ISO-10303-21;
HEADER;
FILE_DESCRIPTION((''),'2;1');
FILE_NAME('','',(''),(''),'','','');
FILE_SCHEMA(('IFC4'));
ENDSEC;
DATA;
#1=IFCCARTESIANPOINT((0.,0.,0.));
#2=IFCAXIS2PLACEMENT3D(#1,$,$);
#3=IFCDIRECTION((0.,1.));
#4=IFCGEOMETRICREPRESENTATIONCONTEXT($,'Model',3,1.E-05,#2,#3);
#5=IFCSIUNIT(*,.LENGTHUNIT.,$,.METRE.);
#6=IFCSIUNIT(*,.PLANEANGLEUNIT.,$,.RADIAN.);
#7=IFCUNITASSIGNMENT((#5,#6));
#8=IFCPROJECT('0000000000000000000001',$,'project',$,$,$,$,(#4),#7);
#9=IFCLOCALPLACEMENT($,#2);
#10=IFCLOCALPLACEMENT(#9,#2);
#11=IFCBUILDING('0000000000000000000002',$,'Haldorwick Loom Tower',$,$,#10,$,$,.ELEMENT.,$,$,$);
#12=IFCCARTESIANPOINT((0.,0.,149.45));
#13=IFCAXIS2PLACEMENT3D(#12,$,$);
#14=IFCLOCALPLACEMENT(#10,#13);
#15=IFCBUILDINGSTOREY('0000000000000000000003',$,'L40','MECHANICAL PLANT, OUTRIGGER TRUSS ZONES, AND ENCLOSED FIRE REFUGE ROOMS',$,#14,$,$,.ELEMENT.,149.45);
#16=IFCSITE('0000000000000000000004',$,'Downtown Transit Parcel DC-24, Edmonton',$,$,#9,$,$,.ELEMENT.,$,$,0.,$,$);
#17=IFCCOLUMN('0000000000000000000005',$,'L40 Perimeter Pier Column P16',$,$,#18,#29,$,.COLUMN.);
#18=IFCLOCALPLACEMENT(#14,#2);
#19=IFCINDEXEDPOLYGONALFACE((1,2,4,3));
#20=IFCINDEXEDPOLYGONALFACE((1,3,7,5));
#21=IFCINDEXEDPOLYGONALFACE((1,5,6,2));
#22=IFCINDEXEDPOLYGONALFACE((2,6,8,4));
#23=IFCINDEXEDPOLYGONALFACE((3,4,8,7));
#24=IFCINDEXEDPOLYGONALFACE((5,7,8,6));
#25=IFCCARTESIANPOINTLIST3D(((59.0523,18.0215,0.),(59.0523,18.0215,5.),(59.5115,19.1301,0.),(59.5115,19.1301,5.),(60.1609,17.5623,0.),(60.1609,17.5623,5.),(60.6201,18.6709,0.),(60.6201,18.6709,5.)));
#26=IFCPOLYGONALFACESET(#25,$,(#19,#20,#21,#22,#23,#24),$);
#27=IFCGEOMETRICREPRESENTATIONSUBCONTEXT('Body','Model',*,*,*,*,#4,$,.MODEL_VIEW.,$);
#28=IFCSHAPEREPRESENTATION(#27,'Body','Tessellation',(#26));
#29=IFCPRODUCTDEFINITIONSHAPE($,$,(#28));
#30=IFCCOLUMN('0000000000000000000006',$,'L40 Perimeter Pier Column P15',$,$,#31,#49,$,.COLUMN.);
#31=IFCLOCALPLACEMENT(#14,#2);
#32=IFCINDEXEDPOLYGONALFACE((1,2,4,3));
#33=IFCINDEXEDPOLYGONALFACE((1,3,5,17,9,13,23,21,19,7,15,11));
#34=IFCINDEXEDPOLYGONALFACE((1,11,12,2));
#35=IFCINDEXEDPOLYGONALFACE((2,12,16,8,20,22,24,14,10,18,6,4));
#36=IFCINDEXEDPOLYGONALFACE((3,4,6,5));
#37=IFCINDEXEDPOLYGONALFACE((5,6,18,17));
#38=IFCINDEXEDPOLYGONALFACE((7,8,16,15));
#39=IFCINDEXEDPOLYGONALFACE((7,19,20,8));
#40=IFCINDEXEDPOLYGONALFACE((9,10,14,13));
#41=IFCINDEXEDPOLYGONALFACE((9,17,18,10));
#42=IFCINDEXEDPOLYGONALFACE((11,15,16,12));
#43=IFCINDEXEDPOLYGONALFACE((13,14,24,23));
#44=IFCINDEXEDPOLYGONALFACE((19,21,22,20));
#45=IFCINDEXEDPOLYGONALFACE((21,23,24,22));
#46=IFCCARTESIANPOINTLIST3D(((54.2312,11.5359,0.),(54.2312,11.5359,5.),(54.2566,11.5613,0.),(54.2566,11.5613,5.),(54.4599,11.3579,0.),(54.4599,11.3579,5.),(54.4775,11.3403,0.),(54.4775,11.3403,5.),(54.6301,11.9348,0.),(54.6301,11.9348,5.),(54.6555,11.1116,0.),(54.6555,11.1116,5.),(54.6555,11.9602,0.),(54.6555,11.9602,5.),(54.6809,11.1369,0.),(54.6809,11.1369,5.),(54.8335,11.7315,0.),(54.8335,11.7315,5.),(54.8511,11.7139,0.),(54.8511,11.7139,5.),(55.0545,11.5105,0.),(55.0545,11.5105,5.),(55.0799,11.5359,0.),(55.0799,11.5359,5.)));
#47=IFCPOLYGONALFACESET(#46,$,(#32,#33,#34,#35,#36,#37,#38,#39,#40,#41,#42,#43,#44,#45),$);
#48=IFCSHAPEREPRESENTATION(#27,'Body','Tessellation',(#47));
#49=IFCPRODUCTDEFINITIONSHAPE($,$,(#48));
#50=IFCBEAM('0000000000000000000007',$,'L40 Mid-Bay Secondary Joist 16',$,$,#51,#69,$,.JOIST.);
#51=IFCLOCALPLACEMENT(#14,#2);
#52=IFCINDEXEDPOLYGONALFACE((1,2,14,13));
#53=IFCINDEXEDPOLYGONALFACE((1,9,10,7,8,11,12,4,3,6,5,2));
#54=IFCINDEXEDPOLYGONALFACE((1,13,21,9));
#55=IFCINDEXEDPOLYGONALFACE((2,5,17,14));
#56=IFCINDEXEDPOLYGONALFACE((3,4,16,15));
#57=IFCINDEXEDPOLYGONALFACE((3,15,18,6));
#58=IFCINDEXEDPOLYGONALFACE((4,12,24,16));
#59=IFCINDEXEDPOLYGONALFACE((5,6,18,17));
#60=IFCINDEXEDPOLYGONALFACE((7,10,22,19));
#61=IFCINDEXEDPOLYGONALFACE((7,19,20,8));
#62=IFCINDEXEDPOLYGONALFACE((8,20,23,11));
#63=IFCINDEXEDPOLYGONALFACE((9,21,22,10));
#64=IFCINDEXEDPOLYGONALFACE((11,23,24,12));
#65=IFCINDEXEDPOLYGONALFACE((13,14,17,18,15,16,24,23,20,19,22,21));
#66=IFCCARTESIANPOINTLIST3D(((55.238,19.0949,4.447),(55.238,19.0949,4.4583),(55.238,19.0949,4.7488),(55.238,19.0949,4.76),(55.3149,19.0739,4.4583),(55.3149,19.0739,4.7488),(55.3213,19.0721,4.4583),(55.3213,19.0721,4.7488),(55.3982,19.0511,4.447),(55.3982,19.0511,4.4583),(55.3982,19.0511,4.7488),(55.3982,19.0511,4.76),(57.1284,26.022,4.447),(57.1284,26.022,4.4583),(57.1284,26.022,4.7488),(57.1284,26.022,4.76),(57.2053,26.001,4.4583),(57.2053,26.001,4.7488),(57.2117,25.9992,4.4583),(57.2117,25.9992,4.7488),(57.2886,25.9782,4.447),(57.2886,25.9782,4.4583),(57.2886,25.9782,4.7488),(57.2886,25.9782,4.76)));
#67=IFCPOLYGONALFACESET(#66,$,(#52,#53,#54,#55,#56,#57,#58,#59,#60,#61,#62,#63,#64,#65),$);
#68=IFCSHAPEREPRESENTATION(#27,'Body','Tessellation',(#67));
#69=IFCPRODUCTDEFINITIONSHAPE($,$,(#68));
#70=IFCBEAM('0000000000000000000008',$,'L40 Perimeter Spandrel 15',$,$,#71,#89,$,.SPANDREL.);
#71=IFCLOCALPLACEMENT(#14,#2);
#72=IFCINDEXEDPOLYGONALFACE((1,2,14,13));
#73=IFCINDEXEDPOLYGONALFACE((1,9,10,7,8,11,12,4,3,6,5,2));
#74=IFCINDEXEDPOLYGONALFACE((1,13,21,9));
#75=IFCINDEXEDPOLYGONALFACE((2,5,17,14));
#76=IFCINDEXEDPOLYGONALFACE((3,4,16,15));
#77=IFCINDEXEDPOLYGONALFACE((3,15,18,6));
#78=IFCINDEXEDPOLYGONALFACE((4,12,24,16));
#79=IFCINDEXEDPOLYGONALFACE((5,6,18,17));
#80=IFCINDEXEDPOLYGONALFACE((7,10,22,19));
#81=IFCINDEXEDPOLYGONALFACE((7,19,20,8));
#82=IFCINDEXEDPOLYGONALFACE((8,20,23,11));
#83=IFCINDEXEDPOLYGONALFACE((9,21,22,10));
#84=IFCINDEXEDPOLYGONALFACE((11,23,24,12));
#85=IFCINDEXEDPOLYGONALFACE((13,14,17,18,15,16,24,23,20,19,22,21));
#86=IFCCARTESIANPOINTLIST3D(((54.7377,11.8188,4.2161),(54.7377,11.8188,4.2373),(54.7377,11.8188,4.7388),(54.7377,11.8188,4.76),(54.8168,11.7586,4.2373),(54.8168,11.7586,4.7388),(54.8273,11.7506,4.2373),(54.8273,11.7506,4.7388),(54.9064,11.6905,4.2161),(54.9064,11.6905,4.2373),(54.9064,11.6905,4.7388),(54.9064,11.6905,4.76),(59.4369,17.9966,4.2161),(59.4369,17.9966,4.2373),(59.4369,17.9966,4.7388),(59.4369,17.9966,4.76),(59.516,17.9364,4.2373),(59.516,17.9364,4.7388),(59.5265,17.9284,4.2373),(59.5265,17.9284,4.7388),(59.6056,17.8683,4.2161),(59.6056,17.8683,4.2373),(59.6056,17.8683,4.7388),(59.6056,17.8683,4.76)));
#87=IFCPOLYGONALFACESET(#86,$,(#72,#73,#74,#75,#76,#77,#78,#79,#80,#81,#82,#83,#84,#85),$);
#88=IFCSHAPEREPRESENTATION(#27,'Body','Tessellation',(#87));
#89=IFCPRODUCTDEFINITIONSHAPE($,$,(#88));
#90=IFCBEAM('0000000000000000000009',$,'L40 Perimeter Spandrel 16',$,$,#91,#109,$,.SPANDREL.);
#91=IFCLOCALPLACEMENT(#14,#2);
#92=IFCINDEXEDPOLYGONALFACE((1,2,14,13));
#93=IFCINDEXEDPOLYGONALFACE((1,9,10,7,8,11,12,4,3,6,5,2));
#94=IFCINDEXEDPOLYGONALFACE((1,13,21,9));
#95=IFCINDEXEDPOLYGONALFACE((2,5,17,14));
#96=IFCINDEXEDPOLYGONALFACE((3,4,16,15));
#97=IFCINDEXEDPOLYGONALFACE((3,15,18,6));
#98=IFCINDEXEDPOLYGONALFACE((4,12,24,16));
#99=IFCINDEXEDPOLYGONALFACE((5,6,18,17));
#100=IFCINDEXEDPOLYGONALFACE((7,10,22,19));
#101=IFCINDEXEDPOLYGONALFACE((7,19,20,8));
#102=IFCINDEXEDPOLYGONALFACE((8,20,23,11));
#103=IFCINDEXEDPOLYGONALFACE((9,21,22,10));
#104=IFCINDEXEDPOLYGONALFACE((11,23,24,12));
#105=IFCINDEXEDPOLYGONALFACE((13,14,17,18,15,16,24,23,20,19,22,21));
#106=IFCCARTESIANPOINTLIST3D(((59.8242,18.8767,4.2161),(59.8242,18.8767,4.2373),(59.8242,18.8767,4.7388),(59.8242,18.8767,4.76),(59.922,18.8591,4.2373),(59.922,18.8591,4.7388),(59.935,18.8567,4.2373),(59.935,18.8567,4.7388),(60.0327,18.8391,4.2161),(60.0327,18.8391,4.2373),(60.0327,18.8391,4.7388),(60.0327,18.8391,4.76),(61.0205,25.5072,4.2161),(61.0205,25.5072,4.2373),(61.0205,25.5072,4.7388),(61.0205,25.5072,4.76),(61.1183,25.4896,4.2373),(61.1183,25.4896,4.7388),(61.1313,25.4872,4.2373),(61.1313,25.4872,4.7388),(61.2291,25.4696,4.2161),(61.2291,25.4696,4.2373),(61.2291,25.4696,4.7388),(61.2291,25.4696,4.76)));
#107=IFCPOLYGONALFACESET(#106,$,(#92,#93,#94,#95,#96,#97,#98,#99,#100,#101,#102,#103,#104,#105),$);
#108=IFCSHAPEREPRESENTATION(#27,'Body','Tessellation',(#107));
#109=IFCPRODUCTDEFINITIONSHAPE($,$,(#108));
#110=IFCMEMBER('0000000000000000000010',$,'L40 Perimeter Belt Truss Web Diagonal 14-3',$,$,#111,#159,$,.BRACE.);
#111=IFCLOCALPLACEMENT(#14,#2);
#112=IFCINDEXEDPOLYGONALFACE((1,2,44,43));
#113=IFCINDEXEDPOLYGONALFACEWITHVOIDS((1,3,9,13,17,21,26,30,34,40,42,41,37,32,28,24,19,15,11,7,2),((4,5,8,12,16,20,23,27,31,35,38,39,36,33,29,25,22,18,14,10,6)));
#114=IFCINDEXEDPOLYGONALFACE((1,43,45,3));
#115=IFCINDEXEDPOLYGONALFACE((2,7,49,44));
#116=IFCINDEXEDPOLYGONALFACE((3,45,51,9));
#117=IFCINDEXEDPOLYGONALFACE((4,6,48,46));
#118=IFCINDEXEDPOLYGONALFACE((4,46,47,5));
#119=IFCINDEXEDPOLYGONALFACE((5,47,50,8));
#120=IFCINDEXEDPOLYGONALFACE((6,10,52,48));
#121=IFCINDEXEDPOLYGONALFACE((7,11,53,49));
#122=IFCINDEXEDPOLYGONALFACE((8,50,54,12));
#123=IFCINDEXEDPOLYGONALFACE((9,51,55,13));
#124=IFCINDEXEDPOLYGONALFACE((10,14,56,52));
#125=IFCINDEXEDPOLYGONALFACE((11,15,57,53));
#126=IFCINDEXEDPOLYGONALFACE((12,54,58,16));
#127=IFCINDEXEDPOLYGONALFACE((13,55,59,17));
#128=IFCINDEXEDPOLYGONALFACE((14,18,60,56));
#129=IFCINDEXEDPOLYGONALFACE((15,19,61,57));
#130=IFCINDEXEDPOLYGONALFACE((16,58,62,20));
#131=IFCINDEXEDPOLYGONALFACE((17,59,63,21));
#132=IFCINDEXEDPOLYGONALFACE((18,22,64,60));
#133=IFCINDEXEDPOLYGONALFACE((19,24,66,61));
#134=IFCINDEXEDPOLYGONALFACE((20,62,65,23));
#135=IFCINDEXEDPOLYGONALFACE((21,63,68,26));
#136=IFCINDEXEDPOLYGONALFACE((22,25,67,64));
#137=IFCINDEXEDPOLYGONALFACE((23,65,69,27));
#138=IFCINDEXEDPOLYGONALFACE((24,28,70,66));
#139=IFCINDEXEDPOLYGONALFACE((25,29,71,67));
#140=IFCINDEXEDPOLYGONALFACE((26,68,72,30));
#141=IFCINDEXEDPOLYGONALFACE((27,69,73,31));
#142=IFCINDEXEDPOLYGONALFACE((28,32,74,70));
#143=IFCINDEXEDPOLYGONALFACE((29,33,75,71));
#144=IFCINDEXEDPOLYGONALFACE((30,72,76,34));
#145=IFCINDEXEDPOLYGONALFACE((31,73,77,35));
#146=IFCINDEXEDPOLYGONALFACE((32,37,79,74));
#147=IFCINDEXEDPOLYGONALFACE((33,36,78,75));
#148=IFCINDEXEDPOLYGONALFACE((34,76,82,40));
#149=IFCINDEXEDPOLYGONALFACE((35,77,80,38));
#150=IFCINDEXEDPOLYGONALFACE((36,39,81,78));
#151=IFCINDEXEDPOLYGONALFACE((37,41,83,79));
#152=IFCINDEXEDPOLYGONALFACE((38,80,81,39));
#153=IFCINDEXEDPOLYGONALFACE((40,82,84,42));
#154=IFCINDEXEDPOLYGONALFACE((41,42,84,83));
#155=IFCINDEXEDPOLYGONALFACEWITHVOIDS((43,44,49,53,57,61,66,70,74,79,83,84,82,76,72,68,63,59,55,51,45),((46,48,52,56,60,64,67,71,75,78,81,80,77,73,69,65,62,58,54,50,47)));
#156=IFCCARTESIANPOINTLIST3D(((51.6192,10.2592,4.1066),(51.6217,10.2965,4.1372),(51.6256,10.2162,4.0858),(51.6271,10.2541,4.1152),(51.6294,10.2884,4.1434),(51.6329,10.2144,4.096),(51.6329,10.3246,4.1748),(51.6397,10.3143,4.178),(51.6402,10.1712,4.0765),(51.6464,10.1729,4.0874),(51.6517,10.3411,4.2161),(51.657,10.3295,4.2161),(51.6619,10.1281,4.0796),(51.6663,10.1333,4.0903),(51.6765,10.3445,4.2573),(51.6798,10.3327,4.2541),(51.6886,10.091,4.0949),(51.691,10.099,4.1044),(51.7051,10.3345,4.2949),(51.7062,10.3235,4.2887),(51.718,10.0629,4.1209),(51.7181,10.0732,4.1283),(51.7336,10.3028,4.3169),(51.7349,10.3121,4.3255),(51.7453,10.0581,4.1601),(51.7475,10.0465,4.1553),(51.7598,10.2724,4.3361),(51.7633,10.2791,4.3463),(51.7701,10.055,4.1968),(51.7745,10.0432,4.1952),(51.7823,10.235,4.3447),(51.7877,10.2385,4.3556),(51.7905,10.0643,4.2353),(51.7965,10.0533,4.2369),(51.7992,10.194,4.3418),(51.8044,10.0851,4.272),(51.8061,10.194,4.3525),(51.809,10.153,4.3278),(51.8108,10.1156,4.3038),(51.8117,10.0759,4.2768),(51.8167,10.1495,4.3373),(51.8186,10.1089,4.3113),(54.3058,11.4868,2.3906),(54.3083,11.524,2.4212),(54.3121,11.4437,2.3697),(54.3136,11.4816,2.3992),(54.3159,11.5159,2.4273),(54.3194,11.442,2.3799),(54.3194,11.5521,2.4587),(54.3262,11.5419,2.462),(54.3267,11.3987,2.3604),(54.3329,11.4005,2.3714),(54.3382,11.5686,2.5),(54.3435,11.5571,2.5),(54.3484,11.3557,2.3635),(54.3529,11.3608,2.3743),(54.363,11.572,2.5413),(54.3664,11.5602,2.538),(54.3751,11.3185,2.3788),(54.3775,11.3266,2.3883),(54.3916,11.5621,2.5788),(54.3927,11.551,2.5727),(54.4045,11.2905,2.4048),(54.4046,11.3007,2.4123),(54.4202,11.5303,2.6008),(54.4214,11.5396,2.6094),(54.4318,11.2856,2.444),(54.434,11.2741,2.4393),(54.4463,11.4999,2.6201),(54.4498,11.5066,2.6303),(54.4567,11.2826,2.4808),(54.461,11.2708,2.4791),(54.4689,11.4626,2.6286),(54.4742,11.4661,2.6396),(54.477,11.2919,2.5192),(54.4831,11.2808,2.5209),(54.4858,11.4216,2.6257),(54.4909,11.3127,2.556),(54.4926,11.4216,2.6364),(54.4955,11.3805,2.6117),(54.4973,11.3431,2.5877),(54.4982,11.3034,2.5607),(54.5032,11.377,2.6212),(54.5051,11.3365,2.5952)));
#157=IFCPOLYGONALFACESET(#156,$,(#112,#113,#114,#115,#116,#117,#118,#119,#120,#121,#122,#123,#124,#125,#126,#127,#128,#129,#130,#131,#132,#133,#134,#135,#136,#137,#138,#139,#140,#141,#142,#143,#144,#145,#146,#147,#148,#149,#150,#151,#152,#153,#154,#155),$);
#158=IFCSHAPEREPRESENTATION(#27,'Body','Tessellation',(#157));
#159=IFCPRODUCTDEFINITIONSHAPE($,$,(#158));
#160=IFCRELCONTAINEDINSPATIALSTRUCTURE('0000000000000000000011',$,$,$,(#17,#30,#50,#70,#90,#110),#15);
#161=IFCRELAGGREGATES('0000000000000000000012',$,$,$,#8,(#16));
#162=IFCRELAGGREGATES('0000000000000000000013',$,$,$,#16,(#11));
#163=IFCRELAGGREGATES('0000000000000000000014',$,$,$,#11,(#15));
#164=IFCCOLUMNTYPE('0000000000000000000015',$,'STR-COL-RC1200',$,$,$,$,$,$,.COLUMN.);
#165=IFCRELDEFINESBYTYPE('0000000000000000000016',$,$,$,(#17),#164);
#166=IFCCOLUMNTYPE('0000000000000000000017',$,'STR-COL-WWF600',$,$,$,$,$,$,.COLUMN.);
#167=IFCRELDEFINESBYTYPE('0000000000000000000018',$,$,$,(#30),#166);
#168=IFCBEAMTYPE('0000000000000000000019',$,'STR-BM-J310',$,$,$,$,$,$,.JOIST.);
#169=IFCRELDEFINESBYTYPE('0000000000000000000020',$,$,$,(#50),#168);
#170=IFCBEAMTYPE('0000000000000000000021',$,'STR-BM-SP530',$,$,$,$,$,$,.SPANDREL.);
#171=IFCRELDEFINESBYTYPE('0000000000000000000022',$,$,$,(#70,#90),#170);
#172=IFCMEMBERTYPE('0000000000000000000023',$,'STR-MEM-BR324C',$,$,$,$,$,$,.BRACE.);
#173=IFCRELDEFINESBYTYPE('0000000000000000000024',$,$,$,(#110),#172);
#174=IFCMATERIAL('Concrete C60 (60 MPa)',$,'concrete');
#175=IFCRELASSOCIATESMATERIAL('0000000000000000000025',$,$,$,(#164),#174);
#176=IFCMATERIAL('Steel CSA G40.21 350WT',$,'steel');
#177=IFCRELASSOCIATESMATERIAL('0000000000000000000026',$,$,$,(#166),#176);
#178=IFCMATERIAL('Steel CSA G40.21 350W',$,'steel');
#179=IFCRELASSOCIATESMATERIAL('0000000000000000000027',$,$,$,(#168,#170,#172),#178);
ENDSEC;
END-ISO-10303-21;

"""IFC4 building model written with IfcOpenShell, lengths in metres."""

from ifc_helpers import new_model, si_unit, direction, frame, origin, origin_2d, place, context, subcontext, project, spatial, rectangle, hollow_circle, i_section, extrude, material, material_profile, profile_set, type_object, element, save


model = new_model("IFC4")

# Units and contexts
model_context = context("Model", 3, precision=1e-05, world=origin(), true_north=direction((0.0, 1.0)))
body_context = subcontext(model_context, "Body", "Model", "MODEL_VIEW")
ifc_project = project(units=[si_unit("LENGTHUNIT", "METRE"), si_unit("PLANEANGLEUNIT", "RADIAN")], contexts=[model_context])

# Site, building, storey
site_placement = place(None, origin())
site = spatial("IfcSite", under=ifc_project, at=site_placement, Name="Downtown Transit Parcel DC-24, Edmonton", CompositionType="ELEMENT", RefElevation=0.0)
building_placement = place(site_placement, origin())
building = spatial("IfcBuilding", under=site, at=building_placement, Name="Haldorwick Loom Tower", CompositionType="ELEMENT")
storey_placement = place(building_placement, frame((0.0, 0.0, 149.45)))
storey = spatial("IfcBuildingStorey", under=building, at=storey_placement, Name="L40", Description="MECHANICAL PLANT, OUTRIGGER TRUSS ZONES, AND ENCLOSED FIRE REFUGE ROOMS", CompositionType="ELEMENT", Elevation=149.45)

# Columns
ifc_material_1 = material(Name="Concrete C60 (60 MPa)", Category="concrete")
ifc_material_profile_1 = material_profile(ifc_material_1, rectangle(XDim=1.2, YDim=1.2, at=origin_2d()), Name="RC1200X1200", Category="concrete")
ifc_profile_set_1 = profile_set([ifc_material_profile_1], Name="Concrete C60 (60 MPa)")
column_type_1 = type_object("IfcColumnType", Name="STR-COL-RC1200", PredefinedType="COLUMN", material=ifc_profile_set_1)
column_1_placement = place(storey_placement, frame((59.8362, 18.3462, 0.0), z_axis=(0.0, 0.0, 1.0), x_axis=(0.92388, -0.382683, 0.0)))
element("IfcColumn", 1, at=column_1_placement, inside=storey, type_object=column_type_1, Name="L40 Perimeter Pier Column P16", PredefinedType="COLUMN", context=body_context, shape_type="SweptSolid", body=[
    extrude(rectangle(XDim=1.2, YDim=1.2, at=origin_2d()), origin(), (0.0, 0.0, 1.0), 5.0),
])
ifc_material_2 = material(Name="Steel CSA G40.21 350WT", Category="steel")
ifc_material_profile_2 = material_profile(ifc_material_2, i_section(OverallWidth=0.6001, OverallDepth=0.6001, WebThickness=0.0249, FlangeThickness=0.0359, at=origin_2d()), Name="WWF600X600", Category="steel")
ifc_profile_set_2 = profile_set([ifc_material_profile_2], Name="Steel CSA G40.21 350WT")
column_type_2 = type_object("IfcColumnType", Name="STR-COL-WWF600", PredefinedType="COLUMN", material=ifc_profile_set_2)
column_2_placement = place(storey_placement, frame((54.6555, 11.5359, 0.0), z_axis=(0.0, 0.0, 1.0), x_axis=(0.707107, -0.707107, 0.0)))
element("IfcColumn", 2, at=column_2_placement, inside=storey, type_object=column_type_2, Name="L40 Perimeter Pier Column P15", PredefinedType="COLUMN", context=body_context, shape_type="SweptSolid", body=[
    extrude(i_section(OverallWidth=0.6001, OverallDepth=0.6001, WebThickness=0.0249, FlangeThickness=0.0359, at=origin_2d()), origin(), (0.0, 0.0, 1.0), 5.0),
])

# Beams
ifc_material_3 = material(Name="Steel CSA G40.21 350W", Category="steel")
ifc_material_profile_3 = material_profile(ifc_material_3, i_section(OverallWidth=0.166, OverallDepth=0.313, WebThickness=0.0066, FlangeThickness=0.0112, at=origin_2d()), Name="W310X45", Category="steel")
ifc_profile_set_3 = profile_set([ifc_material_profile_3], Name="Steel CSA G40.21 350W")
beam_type_1 = type_object("IfcBeamType", Name="STR-BM-J310", PredefinedType="JOIST", material=ifc_profile_set_3)
beam_1_placement = place(storey_placement, frame((55.3181, 19.073, 4.6035), z_axis=(0.263273, 0.964721, 0.0), x_axis=(-0.964721, 0.263273, 0.0)))
element("IfcBeam", 3, at=beam_1_placement, inside=storey, type_object=beam_type_1, Name="L40 Mid-Bay Secondary Joist 16", PredefinedType="JOIST", context=body_context, shape_type="SweptSolid", body=[
    extrude(i_section(OverallWidth=0.166, OverallDepth=0.313, WebThickness=0.0066, FlangeThickness=0.0112, at=origin_2d()), origin(), (0.0, 0.0, 1.0), 7.1804),
])
ifc_material_profile_4 = material_profile(ifc_material_3, i_section(OverallWidth=0.2119, OverallDepth=0.5439, WebThickness=0.0132, FlangeThickness=0.0212, at=origin_2d()), Name="W530X123", Category="steel")
ifc_profile_set_4 = profile_set([ifc_material_profile_4], Name="Steel CSA G40.21 350W")
beam_type_2 = type_object("IfcBeamType", Name="STR-BM-SP530", PredefinedType="SPANDREL", material=ifc_profile_set_4)
beam_2_placement = place(storey_placement, frame((54.822, 11.7546, 4.488), z_axis=(0.605421, 0.795905, 0.0), x_axis=(-0.795905, 0.605421, 0.0)))
element("IfcBeam", 4, at=beam_2_placement, inside=storey, type_object=beam_type_2, Name="L40 Perimeter Spandrel 15", PredefinedType="SPANDREL", context=body_context, shape_type="SweptSolid", body=[
    extrude(i_section(OverallWidth=0.2119, OverallDepth=0.5439, WebThickness=0.0132, FlangeThickness=0.0212, at=origin_2d()), origin(), (0.0, 0.0, 1.0), 7.762),
])
beam_3_placement = place(storey_placement, frame((59.9285, 18.8579, 4.488), z_axis=(0.177559, 0.98411, 0.0), x_axis=(-0.98411, 0.177559, 0.0)))
element("IfcBeam", 5, at=beam_3_placement, inside=storey, type_object=beam_type_2, Name="L40 Perimeter Spandrel 16", PredefinedType="SPANDREL", context=body_context, shape_type="SweptSolid", body=[
    extrude(i_section(OverallWidth=0.2119, OverallDepth=0.5439, WebThickness=0.0132, FlangeThickness=0.0212, at=origin_2d()), origin(), (0.0, 0.0, 1.0), 6.7375),
])

# Member
ifc_material_profile_5 = material_profile(ifc_material_3, hollow_circle(Radius=0.1619, WallThickness=0.0127, at=origin_2d()), Name="HSS324X13", Category="steel")
ifc_profile_set_5 = profile_set([ifc_material_profile_5], Name="Steel CSA G40.21 350W")
member_type_1 = type_object("IfcMemberType", Name="STR-MEM-BR324C", PredefinedType="BRACE", material=ifc_profile_set_5)
member_1_placement = place(storey_placement, frame((51.719, 10.1938, 4.2161), z_axis=(0.78645, 0.359349, -0.502359), x_axis=(-0.415596, 0.909549, 0.0)))
element("IfcMember", 6, at=member_1_placement, inside=storey, type_object=member_type_1, Name="L40 Perimeter Belt Truss Web Diagonal 14-3", PredefinedType="BRACE", context=body_context, shape_type="SweptSolid", body=[
    extrude(hollow_circle(Radius=0.1619, WallThickness=0.0127, at=origin_2d()), origin(), (0.0, 0.0, 1.0), 3.416),
])

save(model, "model.ifc")
